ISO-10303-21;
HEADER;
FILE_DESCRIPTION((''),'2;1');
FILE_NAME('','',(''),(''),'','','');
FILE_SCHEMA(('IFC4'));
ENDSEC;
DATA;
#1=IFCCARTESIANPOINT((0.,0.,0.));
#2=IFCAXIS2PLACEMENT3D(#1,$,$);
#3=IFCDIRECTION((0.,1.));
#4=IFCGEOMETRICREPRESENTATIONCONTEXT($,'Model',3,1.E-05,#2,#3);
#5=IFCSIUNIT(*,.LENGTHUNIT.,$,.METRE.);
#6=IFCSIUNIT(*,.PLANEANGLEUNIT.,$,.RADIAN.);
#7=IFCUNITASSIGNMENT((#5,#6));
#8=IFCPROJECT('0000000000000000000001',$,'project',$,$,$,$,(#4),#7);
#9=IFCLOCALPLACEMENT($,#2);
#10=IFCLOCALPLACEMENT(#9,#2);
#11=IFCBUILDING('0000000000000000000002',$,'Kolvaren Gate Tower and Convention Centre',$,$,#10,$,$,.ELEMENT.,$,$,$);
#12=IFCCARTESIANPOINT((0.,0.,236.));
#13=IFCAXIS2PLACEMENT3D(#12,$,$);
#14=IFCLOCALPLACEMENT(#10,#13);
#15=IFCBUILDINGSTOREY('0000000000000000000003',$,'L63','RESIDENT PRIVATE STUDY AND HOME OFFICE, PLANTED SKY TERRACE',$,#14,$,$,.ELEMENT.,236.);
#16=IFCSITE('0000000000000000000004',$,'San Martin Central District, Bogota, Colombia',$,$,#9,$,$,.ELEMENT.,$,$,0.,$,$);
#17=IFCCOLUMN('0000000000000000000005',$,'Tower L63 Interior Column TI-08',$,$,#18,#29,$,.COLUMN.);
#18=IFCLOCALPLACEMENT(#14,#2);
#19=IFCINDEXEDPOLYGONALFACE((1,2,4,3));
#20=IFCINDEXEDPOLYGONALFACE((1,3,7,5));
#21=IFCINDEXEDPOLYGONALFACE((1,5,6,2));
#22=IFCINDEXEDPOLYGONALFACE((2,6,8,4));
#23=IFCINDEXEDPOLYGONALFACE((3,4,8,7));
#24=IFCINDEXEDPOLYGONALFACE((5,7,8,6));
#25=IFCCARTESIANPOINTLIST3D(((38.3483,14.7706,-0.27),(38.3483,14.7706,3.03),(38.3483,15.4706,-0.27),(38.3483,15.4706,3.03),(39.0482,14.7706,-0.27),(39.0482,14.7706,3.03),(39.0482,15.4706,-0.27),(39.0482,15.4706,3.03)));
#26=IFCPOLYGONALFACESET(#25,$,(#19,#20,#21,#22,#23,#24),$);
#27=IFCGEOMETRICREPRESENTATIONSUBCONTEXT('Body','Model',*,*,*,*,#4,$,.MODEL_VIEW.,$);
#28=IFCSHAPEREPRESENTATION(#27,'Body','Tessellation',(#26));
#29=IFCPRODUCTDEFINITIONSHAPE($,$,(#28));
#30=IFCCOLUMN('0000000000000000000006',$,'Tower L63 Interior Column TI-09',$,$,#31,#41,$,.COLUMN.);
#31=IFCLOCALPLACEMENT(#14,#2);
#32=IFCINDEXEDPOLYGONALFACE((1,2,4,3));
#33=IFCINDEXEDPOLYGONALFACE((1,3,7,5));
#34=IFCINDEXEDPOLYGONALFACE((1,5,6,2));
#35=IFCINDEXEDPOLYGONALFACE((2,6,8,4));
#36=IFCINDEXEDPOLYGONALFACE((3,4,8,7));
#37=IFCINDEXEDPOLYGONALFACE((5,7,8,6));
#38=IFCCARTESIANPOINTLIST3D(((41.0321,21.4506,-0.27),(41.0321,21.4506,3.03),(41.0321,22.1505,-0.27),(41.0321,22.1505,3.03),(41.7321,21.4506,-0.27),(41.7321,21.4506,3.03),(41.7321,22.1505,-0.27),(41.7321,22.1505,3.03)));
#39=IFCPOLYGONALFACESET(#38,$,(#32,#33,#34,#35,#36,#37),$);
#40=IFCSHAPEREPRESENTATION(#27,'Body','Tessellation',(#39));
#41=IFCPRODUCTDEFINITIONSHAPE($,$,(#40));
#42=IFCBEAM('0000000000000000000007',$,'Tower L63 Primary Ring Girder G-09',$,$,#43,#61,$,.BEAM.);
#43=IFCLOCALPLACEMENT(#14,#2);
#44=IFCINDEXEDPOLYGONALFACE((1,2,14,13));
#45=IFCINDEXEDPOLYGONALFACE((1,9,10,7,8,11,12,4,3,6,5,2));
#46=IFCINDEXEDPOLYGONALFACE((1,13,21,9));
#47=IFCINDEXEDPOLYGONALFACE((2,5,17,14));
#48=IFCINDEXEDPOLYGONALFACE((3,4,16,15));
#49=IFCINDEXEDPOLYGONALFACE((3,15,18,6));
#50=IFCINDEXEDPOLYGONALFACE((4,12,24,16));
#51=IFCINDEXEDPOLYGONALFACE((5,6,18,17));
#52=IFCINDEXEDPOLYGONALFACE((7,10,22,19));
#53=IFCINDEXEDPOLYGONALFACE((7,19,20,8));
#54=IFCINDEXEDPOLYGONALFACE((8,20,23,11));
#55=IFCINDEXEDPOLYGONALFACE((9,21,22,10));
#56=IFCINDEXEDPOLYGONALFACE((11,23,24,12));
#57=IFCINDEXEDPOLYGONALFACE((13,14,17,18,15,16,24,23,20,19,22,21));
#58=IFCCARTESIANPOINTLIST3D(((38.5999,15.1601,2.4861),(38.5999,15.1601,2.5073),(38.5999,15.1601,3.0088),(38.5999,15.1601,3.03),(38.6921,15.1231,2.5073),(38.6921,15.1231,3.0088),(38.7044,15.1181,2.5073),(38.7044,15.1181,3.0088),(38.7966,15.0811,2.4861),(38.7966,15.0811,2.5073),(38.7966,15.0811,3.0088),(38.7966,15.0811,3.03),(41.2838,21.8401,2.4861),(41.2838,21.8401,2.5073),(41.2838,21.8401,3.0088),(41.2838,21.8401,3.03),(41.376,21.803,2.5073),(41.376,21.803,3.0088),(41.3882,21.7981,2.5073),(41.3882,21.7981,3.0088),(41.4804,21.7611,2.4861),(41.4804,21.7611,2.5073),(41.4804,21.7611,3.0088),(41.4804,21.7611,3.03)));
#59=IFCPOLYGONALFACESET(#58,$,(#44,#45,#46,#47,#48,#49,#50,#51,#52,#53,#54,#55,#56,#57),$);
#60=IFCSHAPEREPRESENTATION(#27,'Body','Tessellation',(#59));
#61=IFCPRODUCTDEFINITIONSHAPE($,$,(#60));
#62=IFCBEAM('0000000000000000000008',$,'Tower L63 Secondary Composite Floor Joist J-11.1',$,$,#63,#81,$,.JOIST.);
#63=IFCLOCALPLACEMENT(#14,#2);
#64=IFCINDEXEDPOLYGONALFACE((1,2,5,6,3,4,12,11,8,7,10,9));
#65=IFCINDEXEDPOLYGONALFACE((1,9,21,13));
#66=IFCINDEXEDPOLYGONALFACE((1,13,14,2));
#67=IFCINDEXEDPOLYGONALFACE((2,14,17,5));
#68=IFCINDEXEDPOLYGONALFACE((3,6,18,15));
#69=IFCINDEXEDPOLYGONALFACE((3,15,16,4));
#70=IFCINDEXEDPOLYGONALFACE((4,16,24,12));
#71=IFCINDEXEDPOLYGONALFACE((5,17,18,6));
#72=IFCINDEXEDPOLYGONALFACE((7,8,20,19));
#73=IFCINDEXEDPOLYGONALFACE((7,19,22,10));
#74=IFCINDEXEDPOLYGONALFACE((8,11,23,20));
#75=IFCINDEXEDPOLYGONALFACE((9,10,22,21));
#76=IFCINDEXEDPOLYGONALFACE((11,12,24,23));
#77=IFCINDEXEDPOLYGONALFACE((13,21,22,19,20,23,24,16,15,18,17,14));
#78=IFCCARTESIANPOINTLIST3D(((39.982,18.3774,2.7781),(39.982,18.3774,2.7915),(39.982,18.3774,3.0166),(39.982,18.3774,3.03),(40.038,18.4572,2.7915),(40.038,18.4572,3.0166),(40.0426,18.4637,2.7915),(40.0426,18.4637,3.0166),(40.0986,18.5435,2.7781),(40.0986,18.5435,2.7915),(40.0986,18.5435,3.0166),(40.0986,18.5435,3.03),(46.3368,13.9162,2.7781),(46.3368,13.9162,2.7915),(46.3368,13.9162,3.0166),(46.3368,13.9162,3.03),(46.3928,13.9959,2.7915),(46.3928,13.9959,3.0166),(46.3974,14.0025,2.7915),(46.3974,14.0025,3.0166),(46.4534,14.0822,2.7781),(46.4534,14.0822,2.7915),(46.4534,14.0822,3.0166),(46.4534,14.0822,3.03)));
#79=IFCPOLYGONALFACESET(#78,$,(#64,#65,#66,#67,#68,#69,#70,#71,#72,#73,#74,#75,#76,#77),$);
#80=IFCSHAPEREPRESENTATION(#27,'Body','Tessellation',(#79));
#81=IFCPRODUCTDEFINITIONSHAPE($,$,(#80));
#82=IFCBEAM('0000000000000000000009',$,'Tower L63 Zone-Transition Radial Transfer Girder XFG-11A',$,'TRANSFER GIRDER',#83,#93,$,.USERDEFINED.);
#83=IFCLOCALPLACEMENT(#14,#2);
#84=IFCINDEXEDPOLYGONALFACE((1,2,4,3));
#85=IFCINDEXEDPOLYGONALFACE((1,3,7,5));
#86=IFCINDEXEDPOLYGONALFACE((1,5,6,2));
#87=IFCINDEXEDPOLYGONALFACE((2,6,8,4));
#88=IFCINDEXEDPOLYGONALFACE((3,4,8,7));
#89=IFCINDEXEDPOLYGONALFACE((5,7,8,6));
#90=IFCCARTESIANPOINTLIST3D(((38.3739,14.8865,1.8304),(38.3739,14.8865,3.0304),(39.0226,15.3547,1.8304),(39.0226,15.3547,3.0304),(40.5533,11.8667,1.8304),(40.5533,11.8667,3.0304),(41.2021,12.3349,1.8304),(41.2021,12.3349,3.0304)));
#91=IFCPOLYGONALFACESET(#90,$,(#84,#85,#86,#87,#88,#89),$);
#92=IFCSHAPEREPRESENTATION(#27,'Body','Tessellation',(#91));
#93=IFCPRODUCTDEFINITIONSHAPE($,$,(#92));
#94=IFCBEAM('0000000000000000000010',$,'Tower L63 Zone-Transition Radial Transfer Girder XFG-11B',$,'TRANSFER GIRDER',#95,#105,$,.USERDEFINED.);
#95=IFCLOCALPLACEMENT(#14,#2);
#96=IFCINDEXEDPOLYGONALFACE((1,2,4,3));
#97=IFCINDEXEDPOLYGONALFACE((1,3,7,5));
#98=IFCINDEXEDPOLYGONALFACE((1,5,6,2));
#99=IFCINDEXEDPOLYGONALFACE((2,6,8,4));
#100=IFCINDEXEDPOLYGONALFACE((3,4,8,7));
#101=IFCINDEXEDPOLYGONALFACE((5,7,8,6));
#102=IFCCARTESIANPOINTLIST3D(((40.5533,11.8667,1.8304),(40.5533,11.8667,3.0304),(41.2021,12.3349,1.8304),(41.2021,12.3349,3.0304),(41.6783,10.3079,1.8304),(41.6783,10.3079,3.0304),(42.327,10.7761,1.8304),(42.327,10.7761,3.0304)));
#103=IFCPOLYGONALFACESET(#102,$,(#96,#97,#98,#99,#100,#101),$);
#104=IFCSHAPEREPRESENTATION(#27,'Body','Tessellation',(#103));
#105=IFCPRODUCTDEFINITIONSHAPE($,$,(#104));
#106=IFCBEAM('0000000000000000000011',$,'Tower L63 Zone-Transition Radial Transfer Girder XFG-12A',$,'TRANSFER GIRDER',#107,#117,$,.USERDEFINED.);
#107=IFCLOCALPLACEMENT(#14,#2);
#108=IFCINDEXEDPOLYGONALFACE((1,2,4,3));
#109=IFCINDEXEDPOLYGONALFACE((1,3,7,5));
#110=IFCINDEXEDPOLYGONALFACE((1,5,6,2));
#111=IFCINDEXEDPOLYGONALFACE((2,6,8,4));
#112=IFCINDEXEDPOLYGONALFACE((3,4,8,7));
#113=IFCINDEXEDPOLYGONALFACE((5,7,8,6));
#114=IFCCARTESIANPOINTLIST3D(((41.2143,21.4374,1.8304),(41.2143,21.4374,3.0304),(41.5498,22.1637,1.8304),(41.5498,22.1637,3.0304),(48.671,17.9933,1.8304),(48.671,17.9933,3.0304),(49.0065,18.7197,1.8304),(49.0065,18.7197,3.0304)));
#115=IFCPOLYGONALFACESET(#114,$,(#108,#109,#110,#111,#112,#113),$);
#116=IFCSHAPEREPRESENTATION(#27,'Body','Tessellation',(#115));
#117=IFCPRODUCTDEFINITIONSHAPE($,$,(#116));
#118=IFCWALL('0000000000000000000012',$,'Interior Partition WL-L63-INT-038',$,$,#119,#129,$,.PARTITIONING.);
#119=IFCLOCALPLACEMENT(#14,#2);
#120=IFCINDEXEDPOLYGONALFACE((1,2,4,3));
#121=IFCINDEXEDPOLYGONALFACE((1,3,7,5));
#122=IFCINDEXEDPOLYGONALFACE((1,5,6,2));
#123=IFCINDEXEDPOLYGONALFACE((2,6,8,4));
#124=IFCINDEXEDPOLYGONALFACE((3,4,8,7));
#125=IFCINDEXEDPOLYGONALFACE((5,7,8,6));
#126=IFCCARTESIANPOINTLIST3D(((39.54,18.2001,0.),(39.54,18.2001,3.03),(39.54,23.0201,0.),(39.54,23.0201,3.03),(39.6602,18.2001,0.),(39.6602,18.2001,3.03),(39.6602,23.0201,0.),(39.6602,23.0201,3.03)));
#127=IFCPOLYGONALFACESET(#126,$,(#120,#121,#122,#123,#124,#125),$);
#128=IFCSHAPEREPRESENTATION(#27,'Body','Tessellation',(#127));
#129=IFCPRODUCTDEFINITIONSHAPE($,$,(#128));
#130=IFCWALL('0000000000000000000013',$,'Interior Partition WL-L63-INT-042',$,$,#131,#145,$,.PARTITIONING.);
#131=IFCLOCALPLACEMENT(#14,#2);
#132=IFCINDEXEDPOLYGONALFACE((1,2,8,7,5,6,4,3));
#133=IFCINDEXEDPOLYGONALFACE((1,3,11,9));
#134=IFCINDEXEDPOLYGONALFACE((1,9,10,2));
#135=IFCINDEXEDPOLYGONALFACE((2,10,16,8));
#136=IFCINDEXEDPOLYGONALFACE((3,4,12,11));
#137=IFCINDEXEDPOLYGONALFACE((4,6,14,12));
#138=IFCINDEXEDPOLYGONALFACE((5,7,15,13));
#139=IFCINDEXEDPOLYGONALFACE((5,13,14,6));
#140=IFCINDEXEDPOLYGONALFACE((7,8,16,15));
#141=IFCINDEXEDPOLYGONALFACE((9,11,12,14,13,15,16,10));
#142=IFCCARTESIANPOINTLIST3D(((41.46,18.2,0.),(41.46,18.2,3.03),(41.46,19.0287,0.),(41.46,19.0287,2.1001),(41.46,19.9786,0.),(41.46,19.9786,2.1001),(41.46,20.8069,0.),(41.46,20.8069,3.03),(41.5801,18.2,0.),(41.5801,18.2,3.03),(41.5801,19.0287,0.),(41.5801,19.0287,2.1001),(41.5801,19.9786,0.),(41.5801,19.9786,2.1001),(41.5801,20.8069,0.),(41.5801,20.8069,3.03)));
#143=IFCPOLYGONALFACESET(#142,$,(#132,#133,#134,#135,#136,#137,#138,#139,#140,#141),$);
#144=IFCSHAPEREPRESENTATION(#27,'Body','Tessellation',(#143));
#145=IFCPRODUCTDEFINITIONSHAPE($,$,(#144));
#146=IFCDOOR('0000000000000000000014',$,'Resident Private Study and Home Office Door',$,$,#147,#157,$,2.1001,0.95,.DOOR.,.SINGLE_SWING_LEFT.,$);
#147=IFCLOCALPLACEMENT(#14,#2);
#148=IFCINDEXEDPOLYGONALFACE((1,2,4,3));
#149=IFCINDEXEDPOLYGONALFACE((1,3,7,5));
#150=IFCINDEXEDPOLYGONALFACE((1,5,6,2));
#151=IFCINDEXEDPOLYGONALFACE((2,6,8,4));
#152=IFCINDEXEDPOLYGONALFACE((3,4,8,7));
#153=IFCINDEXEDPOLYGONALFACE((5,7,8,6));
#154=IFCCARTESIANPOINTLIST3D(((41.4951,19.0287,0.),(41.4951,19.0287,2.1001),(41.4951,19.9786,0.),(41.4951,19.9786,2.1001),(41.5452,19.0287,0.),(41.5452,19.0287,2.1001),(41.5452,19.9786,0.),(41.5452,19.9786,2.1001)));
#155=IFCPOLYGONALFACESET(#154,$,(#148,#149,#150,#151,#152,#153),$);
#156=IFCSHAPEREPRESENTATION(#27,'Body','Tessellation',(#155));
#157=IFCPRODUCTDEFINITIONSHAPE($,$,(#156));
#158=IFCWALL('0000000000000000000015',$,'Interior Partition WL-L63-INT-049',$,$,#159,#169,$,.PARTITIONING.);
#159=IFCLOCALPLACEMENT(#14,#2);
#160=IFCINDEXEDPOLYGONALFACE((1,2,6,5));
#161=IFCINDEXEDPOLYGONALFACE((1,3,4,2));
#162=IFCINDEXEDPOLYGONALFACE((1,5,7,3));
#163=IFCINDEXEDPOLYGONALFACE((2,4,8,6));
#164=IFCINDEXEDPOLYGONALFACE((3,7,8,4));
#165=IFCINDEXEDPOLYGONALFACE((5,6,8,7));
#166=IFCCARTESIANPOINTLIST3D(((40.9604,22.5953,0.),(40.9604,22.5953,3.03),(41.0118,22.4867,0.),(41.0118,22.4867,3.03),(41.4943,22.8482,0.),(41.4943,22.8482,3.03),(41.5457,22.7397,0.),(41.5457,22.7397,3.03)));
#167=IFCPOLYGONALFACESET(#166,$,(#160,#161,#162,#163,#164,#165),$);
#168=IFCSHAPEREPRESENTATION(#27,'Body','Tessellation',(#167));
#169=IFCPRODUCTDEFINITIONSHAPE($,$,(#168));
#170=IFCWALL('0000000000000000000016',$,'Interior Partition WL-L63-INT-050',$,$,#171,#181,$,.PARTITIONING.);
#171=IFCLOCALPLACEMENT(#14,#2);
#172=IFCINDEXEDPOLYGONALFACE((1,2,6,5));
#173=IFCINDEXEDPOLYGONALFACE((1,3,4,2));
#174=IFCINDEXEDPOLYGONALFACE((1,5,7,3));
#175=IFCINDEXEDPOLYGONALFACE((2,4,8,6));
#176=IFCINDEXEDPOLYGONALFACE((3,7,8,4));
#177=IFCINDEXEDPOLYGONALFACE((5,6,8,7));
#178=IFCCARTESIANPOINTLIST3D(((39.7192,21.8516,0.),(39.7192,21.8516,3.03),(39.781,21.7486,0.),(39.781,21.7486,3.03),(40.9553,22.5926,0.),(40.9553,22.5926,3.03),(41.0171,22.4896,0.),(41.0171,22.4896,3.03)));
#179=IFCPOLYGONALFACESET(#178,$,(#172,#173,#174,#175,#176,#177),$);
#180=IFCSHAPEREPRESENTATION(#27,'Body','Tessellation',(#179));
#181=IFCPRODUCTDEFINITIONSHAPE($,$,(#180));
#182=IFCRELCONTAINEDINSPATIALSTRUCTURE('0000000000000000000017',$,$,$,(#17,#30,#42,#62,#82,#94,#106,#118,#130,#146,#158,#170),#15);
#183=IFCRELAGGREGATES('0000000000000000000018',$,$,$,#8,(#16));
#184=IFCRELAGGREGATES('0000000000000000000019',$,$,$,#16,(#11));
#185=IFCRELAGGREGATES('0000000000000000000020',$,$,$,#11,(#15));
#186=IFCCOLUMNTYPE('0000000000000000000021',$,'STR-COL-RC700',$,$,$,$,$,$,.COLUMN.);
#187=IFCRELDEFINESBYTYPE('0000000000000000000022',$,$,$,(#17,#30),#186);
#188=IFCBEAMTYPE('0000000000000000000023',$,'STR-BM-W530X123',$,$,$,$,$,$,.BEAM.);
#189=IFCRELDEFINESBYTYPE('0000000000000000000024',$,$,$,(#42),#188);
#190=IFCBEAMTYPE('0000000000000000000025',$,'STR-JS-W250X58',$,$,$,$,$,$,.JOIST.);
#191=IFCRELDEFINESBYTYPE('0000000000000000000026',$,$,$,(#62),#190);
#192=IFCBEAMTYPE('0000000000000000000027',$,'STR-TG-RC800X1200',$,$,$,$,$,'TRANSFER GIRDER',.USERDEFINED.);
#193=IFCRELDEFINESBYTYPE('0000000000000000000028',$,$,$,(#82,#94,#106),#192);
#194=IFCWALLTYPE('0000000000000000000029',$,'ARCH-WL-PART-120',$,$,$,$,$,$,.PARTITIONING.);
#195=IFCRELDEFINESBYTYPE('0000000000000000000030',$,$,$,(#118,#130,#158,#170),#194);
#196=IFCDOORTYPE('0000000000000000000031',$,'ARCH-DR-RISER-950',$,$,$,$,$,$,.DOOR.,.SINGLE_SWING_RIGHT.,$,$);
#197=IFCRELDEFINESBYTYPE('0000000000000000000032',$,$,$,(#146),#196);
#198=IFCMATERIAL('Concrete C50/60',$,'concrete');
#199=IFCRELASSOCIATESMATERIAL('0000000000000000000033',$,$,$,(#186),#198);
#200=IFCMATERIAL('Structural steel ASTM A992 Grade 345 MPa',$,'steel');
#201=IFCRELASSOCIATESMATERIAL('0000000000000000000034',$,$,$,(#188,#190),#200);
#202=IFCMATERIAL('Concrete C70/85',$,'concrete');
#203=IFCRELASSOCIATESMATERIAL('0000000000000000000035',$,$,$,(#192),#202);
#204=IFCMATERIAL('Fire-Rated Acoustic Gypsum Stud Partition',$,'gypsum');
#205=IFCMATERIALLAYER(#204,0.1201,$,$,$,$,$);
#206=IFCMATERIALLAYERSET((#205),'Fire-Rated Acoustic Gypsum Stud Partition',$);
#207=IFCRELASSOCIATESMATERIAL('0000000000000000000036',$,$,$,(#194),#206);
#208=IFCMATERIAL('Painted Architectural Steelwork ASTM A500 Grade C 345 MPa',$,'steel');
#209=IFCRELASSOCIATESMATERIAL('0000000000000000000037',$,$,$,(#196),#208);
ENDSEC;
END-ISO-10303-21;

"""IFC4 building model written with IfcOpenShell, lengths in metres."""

from ifc_helpers import new_model, si_unit, direction, frame, frame_2d, origin, origin_2d, place, context, subcontext, project, spatial, rectangle, i_section, extrude, material, layer, layer_set, material_profile, profile_set, type_object, element, fill, save


model = new_model("IFC4")

# Units and contexts
model_context = context("Model", 3, precision=1e-05, world=origin(), true_north=direction((0.0, 1.0)))
body_context = subcontext(model_context, "Body", "Model", "MODEL_VIEW")
ifc_project = project(units=[si_unit("LENGTHUNIT", "METRE"), si_unit("PLANEANGLEUNIT", "RADIAN")], contexts=[model_context])

# Site, building, storey
site_placement = place(None, origin())
site = spatial("IfcSite", under=ifc_project, at=site_placement, Name="San Martin Central District, Bogota, Colombia", CompositionType="ELEMENT", RefElevation=0.0)
building_placement = place(site_placement, origin())
building = spatial("IfcBuilding", under=site, at=building_placement, Name="Kolvaren Gate Tower and Convention Centre", CompositionType="ELEMENT")
storey_placement = place(building_placement, frame((0.0, 0.0, 236.0)))
storey = spatial("IfcBuildingStorey", under=building, at=storey_placement, Name="L63", Description="RESIDENT PRIVATE STUDY AND HOME OFFICE, PLANTED SKY TERRACE", CompositionType="ELEMENT", Elevation=236.0)

# Columns
ifc_material_1 = material(Name="Concrete C50/60", Category="concrete")
ifc_material_profile_1 = material_profile(ifc_material_1, rectangle(XDim=0.7, YDim=0.7, at=origin_2d()), Name="RC-COL-700X700")
ifc_profile_set_1 = profile_set([ifc_material_profile_1], Name="Concrete C50/60")
column_type = type_object("IfcColumnType", Name="STR-COL-RC700", PredefinedType="COLUMN", material=ifc_profile_set_1)
for number, where, z_axis, x_axis, name in (
    (1, (38.6982, 15.1206, -0.27), (0.0, 0.0, 1.0), (1.0, 0.0, 0.0), "Tower L63 Interior Column TI-08"),
    (2, (41.3821, 21.8005, -0.27), (0.0, 0.0, 1.0), (1.0, 0.0, 0.0), "Tower L63 Interior Column TI-09"),
):
    element("IfcColumn", number, at=place(storey_placement, frame(where, z_axis=z_axis, x_axis=x_axis)), inside=storey, type_object=column_type, Name=name, PredefinedType="COLUMN", context=body_context, shape_type="SweptSolid", body=[
        extrude(rectangle(XDim=0.7, YDim=0.7, at=origin_2d()), origin(), (0.0, 0.0, 1.0), 3.3),
    ])

# Beams
ifc_material_2 = material(Name="Structural steel ASTM A992 Grade 345 MPa", Category="steel")
ifc_material_profile_2 = material_profile(ifc_material_2, i_section(OverallWidth=0.2119, OverallDepth=0.5439, WebThickness=0.0132, FlangeThickness=0.0212, at=origin_2d()), Name="W530X123")
ifc_profile_set_2 = profile_set([ifc_material_profile_2], Name="Structural steel ASTM A992 Grade 345 MPa")
beam_type_1 = type_object("IfcBeamType", Name="STR-BM-W530X123", PredefinedType="BEAM", material=ifc_profile_set_2)
beam_1_placement = place(storey_placement, frame((38.6982, 15.1206, 2.7581), z_axis=(0.372811, 0.927907, 0.0), x_axis=(-0.927907, 0.372811, 0.0)))
element("IfcBeam", 3, at=beam_1_placement, inside=storey, type_object=beam_type_1, Name="Tower L63 Primary Ring Girder G-09", PredefinedType="BEAM", context=body_context, shape_type="SweptSolid", body=[
    extrude(i_section(OverallWidth=0.2119, OverallDepth=0.5439, WebThickness=0.0132, FlangeThickness=0.0212, at=origin_2d()), origin(), (0.0, 0.0, 1.0), 7.199),
])
ifc_material_profile_3 = material_profile(ifc_material_2, i_section(OverallWidth=0.2029, OverallDepth=0.252, WebThickness=0.0081, FlangeThickness=0.0134, at=origin_2d()), Name="W250X58")
ifc_profile_set_3 = profile_set([ifc_material_profile_3], Name="Structural steel ASTM A992 Grade 345 MPa")
beam_type_2 = type_object("IfcBeamType", Name="STR-JS-W250X58", PredefinedType="JOIST", material=ifc_profile_set_3)
beam_2_placement = place(storey_placement, frame((40.0403, 18.4604, 2.9041), z_axis=(0.818453, -0.574574, 0.0), x_axis=(0.574574, 0.818453, 0.0)))
element("IfcBeam", 4, at=beam_2_placement, inside=storey, type_object=beam_type_2, Name="Tower L63 Secondary Composite Floor Joist J-11.1", PredefinedType="JOIST", context=body_context, shape_type="SweptSolid", body=[
    extrude(i_section(OverallWidth=0.2029, OverallDepth=0.252, WebThickness=0.0081, FlangeThickness=0.0134, at=origin_2d()), origin(), (0.0, 0.0, 1.0), 7.7644),
])
ifc_material_3 = material(Name="Concrete C70/85", Category="concrete")
ifc_material_profile_4 = material_profile(ifc_material_3, rectangle(XDim=0.8, YDim=1.2, at=origin_2d()), Name="RC-BM-800X1200")
ifc_profile_set_4 = profile_set([ifc_material_profile_4], Name="Concrete C70/85")
beam_type_3 = type_object("IfcBeamType", Name="STR-TG-RC800X1200", ElementType="TRANSFER GIRDER", PredefinedType="USERDEFINED", material=ifc_profile_set_4)
beam_3_placement = place(storey_placement, frame((38.6982, 15.1206, 2.4304), z_axis=(0.585225, -0.810871, 0.0), x_axis=(0.810871, 0.585225, 0.0)))
element("IfcBeam", 5, at=beam_3_placement, inside=storey, type_object=beam_type_3, Name="Tower L63 Zone-Transition Radial Transfer Girder XFG-11A", ObjectType="TRANSFER GIRDER", PredefinedType="USERDEFINED", context=body_context, shape_type="SweptSolid", body=[
    extrude(rectangle(XDim=0.8, YDim=1.2, at=origin_2d()), origin(), (0.0, 0.0, 1.0), 3.7241),
])
beam_4_placement = place(storey_placement, frame((40.8777, 12.1008, 2.4304), z_axis=(0.585208, -0.810883, 0.0), x_axis=(0.810883, 0.585208, 0.0)))
element("IfcBeam", 6, at=beam_4_placement, inside=storey, type_object=beam_type_3, Name="Tower L63 Zone-Transition Radial Transfer Girder XFG-11B", ObjectType="TRANSFER GIRDER", PredefinedType="USERDEFINED", context=body_context, shape_type="SweptSolid", body=[
    extrude(rectangle(XDim=0.8, YDim=1.2, at=origin_2d()), origin(), (0.0, 0.0, 1.0), 1.9224),
])
beam_5_placement = place(storey_placement, frame((41.3821, 21.8005, 2.4304), z_axis=(0.907844, -0.419309, 0.0), x_axis=(0.419309, 0.907844, 0.0)))
element("IfcBeam", 7, at=beam_5_placement, inside=storey, type_object=beam_type_3, Name="Tower L63 Zone-Transition Radial Transfer Girder XFG-12A", ObjectType="TRANSFER GIRDER", PredefinedType="USERDEFINED", context=body_context, shape_type="SweptSolid", body=[
    extrude(rectangle(XDim=0.8, YDim=1.2, at=origin_2d()), origin(), (0.0, 0.0, 1.0), 8.2136),
])

# Wall
ifc_material_4 = material(Name="Fire-Rated Acoustic Gypsum Stud Partition", Category="gypsum")
ifc_layer_1 = layer(ifc_material_4, 0.1201)
ifc_layer_set_1 = layer_set([ifc_layer_1], Name="Fire-Rated Acoustic Gypsum Stud Partition")
wall_type_1 = type_object("IfcWallType", Name="ARCH-WL-PART-120", PredefinedType="PARTITIONING", material=ifc_layer_set_1)
wall_1_placement = place(storey_placement, frame((39.6001, 18.2, 0.0), z_axis=(0.0, 0.0, 1.0), x_axis=(0.0, 1.0, 0.0)))
element("IfcWall", 8, at=wall_1_placement, inside=storey, type_object=wall_type_1, Name="Interior Partition WL-L63-INT-038", PredefinedType="PARTITIONING", context=body_context, shape_type="SweptSolid", body=[
    extrude(rectangle(XDim=4.8201, YDim=0.1201, at=frame_2d((2.4102, 0.0))), origin(), (0.0, 0.0, 1.0), 3.03),
])

# Wall, opening, door
wall_2_placement = place(storey_placement, frame((41.52, 18.2, 0.0), z_axis=(0.0, 0.0, 1.0), x_axis=(0.0, 1.0, 0.0)))
wall_2 = element("IfcWall", 9, at=wall_2_placement, inside=storey, type_object=wall_type_1, Name="Interior Partition WL-L63-INT-042", PredefinedType="PARTITIONING", context=body_context, shape_type="SweptSolid", body=[
    extrude(rectangle(XDim=2.6069, YDim=0.1201, at=frame_2d((1.3035, 0.0))), origin(), (0.0, 0.0, 1.0), 3.03),
])
opening_placement = place(wall_2_placement, frame((0.8286, 0.0, 0.0)))
opening = element("IfcOpeningElement", 10, at=opening_placement, cuts=wall_2, PredefinedType="OPENING", context=body_context, shape_type="SweptSolid", body=[
    extrude(rectangle(XDim=0.95, YDim=2.1001, at=frame_2d((0.4751, 1.05))), frame((0.0, 0.0701, 0.0), z_axis=(0.0, -1.0, 0.0), x_axis=(1.0, 0.0, 0.0)), (0.0, 0.0, 1.0), 0.1401),
])
ifc_material_5 = material(Name="Painted Architectural Steelwork ASTM A500 Grade C 345 MPa", Category="steel")
door_type = type_object("IfcDoorType", Name="ARCH-DR-RISER-950", OperationType="SINGLE_SWING_RIGHT", PredefinedType="DOOR", material=ifc_material_5)
door_placement = place(opening_placement, origin())
door = element("IfcDoor", 11, at=door_placement, inside=storey, type_object=door_type, Name="Resident Private Study and Home Office Door", OperationType="SINGLE_SWING_LEFT", OverallHeight=2.1001, OverallWidth=0.95, PredefinedType="DOOR", context=body_context, shape_type="SweptSolid", body=[
    extrude(rectangle(XDim=0.95, YDim=2.1001, at=frame_2d((0.4751, 1.05))), frame((0.0, 0.0249, 0.0), z_axis=(0.0, -1.0, 0.0), x_axis=(1.0, 0.0, 0.0)), (0.0, 0.0, 1.0), 0.05),
])
fill(opening, door)

# Walls
wall_3_placement = place(storey_placement, frame((40.9861, 22.541, 0.0), z_axis=(0.0, 0.0, 1.0), x_axis=(0.903729, 0.428104, 0.0)))
element("IfcWall", 12, at=wall_3_placement, inside=storey, type_object=wall_type_1, Name="Interior Partition WL-L63-INT-049", PredefinedType="PARTITIONING", context=body_context, shape_type="SweptSolid", body=[
    extrude(rectangle(XDim=0.5908, YDim=0.1201, at=frame_2d((0.2954, 0.0))), origin(), (0.0, 0.0, 1.0), 3.03),
])
wall_4_placement = place(storey_placement, frame((39.75, 21.8, 0.0), z_axis=(0.0, 0.0, 1.0), x_axis=(0.857702, 0.514147, 0.0)))
element("IfcWall", 13, at=wall_4_placement, inside=storey, type_object=wall_type_1, Name="Interior Partition WL-L63-INT-050", PredefinedType="PARTITIONING", context=body_context, shape_type="SweptSolid", body=[
    extrude(rectangle(XDim=1.4412, YDim=0.1201, at=frame_2d((0.7207, 0.0))), origin(), (0.0, 0.0, 1.0), 3.03),
])

save(model, "model.ifc")
